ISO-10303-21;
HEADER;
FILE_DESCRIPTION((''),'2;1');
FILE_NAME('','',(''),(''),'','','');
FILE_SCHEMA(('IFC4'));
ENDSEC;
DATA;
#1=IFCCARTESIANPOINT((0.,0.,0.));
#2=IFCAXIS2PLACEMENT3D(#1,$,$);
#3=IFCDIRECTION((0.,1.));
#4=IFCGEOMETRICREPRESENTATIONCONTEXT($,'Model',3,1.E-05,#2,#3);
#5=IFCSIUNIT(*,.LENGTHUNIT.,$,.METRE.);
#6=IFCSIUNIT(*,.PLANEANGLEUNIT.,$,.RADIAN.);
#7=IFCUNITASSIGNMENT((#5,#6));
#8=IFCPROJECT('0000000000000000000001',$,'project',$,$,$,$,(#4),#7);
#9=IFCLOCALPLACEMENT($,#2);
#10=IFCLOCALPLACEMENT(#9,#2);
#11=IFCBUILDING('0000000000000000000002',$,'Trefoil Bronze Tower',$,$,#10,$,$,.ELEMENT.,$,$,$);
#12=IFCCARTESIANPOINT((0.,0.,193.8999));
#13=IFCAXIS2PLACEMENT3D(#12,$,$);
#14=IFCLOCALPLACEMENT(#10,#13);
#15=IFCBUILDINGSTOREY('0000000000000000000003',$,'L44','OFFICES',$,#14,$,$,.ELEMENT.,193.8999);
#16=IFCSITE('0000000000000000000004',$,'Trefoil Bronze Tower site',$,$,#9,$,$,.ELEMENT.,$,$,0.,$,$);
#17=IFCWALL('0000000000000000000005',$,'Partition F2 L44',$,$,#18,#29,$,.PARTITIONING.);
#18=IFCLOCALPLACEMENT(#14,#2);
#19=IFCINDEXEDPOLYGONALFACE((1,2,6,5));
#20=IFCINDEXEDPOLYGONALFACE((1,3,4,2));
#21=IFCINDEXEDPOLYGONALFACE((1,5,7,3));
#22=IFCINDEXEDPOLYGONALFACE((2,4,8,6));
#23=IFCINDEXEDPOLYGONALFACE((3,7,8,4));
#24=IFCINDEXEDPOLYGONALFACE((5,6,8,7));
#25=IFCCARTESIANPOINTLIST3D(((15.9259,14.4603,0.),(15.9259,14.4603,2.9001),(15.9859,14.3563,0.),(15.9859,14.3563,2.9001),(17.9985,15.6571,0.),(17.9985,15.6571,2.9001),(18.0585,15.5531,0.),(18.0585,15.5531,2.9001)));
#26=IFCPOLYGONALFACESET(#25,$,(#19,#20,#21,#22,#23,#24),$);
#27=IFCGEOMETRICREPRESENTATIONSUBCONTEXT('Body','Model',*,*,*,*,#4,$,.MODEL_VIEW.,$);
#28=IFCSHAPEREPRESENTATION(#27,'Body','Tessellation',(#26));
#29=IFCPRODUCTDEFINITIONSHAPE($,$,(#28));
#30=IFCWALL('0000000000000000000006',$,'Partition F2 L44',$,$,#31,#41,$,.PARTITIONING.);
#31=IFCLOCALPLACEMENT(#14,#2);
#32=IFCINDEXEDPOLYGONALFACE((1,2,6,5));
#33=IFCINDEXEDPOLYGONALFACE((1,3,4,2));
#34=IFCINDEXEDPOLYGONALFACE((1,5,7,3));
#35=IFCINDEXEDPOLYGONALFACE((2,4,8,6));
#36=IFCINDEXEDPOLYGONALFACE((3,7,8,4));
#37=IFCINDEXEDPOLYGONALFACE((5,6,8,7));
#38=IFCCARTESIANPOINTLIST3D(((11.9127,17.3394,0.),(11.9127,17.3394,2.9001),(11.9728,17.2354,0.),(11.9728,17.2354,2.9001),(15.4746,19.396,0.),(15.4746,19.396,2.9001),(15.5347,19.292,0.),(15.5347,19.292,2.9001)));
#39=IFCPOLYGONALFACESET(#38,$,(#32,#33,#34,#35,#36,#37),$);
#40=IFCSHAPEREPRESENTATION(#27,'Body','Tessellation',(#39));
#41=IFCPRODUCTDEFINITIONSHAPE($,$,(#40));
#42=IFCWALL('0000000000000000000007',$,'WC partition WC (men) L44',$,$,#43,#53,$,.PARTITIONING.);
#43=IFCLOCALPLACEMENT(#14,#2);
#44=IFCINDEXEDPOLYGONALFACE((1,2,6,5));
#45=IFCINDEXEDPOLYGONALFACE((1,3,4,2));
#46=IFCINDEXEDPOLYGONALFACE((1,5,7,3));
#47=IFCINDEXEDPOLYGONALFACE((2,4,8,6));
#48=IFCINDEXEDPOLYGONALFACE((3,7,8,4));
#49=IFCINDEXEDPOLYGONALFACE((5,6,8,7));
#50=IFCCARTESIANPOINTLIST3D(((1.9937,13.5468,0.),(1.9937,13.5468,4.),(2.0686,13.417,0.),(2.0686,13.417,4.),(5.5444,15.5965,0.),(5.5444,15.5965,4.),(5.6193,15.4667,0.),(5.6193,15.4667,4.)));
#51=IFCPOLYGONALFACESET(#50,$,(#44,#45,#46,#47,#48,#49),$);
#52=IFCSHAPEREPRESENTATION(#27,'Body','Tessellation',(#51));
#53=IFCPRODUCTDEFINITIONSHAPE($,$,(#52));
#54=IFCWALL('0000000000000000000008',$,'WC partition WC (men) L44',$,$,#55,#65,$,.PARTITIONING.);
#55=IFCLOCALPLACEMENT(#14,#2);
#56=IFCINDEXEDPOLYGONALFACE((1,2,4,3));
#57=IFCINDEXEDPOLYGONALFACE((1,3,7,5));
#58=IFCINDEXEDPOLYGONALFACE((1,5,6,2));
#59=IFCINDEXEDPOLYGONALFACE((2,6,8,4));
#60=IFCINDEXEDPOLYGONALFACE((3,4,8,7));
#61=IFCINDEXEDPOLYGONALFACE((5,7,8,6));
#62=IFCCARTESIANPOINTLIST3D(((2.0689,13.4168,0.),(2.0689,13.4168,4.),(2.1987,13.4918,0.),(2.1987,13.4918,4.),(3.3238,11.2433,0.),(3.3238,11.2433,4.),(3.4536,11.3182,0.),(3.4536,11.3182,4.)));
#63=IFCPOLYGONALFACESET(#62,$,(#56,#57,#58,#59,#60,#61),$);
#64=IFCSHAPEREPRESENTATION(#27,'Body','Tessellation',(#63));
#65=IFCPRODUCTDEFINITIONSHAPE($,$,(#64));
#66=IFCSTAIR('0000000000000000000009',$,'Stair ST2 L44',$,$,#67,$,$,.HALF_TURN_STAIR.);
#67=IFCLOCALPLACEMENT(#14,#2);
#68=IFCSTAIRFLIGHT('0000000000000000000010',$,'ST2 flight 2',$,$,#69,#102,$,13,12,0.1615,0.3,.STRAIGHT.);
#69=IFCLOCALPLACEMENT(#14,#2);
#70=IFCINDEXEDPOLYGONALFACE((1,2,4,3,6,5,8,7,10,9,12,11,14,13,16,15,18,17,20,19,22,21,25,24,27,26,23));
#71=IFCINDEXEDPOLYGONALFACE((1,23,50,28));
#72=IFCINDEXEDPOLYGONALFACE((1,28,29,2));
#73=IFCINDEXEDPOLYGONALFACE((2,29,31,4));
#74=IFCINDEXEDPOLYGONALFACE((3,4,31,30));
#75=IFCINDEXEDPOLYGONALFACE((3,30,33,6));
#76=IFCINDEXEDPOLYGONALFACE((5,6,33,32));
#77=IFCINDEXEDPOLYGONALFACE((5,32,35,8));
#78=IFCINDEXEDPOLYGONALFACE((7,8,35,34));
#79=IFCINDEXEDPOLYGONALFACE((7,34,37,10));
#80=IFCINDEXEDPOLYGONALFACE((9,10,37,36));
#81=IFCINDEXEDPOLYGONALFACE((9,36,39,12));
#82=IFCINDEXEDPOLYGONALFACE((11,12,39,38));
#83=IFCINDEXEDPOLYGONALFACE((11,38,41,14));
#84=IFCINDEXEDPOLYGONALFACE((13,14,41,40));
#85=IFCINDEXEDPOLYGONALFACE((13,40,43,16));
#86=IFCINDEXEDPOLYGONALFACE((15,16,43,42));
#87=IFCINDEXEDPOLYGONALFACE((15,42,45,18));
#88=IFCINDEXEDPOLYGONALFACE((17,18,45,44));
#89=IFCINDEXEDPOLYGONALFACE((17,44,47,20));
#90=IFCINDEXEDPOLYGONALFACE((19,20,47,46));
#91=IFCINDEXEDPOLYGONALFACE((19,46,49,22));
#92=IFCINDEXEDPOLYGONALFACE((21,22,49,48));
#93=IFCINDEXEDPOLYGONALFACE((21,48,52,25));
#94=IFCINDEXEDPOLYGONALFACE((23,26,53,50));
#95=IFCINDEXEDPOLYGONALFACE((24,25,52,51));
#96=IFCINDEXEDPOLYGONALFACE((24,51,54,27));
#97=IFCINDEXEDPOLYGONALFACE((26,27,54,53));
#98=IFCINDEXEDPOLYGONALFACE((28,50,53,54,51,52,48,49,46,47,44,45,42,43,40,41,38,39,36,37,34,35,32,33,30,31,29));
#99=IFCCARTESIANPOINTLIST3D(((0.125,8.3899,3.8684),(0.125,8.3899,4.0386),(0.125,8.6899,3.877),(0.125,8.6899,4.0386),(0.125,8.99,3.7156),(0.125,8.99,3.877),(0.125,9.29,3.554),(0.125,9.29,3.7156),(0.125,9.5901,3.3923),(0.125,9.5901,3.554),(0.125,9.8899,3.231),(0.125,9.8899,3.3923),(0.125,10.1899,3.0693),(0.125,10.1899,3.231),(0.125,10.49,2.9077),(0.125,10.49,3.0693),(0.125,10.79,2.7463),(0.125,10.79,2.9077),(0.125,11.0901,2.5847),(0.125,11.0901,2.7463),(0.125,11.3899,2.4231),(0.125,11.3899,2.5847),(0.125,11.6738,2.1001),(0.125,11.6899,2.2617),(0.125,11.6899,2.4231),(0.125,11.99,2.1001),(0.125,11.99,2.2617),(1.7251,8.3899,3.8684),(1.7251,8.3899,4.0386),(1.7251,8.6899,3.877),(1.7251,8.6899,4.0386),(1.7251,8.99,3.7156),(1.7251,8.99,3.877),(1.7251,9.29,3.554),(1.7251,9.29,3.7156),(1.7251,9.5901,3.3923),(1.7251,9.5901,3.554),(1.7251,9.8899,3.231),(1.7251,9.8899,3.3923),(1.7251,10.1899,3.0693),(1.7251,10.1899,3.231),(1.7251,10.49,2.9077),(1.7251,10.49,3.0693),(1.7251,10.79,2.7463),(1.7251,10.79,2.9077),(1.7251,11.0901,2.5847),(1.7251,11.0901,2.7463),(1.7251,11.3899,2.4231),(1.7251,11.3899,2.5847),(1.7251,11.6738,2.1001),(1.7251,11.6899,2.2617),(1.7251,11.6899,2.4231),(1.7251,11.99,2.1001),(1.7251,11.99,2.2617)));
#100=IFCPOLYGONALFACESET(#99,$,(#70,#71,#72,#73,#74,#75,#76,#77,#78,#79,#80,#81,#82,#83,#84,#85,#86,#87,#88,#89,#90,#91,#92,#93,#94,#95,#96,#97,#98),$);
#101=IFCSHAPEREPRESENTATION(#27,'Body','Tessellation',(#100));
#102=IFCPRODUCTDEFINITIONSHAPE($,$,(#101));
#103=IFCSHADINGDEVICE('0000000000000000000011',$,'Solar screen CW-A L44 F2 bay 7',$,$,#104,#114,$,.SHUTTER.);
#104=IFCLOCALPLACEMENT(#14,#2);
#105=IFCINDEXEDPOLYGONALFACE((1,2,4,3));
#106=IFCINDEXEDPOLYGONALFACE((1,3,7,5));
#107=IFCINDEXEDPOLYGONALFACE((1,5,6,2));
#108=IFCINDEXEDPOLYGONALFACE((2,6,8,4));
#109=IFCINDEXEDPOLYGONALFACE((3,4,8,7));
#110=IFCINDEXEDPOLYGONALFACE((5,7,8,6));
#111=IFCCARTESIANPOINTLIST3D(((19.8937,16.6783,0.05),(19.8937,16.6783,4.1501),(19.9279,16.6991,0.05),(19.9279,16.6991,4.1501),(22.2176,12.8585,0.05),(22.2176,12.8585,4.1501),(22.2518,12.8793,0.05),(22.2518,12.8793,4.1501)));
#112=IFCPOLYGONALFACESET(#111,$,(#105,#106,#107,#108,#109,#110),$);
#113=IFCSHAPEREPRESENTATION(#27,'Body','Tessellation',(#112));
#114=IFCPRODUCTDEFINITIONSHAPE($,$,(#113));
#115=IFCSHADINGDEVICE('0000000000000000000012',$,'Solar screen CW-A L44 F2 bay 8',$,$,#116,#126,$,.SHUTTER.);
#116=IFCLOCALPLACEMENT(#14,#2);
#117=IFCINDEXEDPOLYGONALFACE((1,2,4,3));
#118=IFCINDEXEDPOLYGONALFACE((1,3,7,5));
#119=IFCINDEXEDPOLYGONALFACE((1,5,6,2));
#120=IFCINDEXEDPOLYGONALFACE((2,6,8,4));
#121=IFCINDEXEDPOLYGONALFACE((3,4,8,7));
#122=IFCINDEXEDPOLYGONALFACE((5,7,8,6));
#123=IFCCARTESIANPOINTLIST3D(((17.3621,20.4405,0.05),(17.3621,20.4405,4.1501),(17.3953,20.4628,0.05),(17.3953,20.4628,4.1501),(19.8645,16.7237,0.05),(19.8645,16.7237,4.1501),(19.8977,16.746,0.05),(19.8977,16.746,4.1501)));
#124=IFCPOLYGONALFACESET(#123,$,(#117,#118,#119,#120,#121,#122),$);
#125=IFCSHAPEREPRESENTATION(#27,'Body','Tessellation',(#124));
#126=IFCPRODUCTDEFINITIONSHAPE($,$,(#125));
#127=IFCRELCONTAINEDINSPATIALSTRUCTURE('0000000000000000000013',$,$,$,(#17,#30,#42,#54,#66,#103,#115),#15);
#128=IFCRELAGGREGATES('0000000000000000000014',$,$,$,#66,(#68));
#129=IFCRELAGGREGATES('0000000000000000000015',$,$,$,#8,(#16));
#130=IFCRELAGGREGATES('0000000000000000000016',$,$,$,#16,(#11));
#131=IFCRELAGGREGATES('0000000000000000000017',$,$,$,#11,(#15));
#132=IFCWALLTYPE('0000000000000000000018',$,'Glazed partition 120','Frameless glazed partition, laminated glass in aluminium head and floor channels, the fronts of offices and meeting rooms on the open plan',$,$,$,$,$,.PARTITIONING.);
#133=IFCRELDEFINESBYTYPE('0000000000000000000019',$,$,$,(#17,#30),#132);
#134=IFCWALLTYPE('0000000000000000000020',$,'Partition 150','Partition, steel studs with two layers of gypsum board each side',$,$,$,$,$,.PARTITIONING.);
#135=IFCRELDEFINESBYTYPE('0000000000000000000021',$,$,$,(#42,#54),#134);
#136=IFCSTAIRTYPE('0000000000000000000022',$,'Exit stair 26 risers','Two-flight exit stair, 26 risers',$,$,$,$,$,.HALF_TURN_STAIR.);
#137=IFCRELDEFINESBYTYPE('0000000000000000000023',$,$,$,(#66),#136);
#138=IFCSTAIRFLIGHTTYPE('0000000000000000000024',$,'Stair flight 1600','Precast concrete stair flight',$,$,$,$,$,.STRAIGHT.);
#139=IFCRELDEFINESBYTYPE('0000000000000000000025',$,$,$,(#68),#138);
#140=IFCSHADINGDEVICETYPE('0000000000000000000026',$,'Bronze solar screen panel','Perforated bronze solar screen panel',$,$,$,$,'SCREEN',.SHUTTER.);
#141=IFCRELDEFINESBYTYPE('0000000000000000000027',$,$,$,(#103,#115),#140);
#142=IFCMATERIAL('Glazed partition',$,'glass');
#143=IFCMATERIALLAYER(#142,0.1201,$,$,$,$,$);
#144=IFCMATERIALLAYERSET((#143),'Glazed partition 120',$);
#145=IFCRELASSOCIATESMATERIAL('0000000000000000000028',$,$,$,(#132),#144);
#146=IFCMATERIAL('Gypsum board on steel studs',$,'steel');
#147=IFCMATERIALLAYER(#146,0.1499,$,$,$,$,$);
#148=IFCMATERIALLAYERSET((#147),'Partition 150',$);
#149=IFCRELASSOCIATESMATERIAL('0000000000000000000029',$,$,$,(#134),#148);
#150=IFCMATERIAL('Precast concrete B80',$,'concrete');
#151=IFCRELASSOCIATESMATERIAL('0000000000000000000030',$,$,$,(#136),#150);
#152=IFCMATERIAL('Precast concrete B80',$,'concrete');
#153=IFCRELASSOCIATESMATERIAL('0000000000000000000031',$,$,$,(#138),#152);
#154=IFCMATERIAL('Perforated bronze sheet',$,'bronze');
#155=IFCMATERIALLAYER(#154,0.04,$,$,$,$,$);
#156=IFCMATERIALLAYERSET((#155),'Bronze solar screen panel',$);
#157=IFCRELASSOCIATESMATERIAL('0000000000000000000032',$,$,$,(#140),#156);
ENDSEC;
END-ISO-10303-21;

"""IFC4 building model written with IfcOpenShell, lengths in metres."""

from ifc_helpers import new_model, si_unit, direction, frame, frame_2d, origin, origin_2d, place, context, subcontext, project, spatial, polyline, rectangle, outline, extrude, material, layer, layer_set, type_object, element, aggregate, save


model = new_model("IFC4")

# Units and contexts
model_context = context("Model", 3, precision=1e-05, world=origin(), true_north=direction((0.0, 1.0)))
body_context = subcontext(model_context, "Body", "Model", "MODEL_VIEW")
ifc_project = project(units=[si_unit("LENGTHUNIT", "METRE"), si_unit("PLANEANGLEUNIT", "RADIAN")], contexts=[model_context])

# Site, building, storey
site_placement = place(None, origin())
site = spatial("IfcSite", under=ifc_project, at=site_placement, Name="Trefoil Bronze Tower site", CompositionType="ELEMENT", RefElevation=0.0)
building_placement = place(site_placement, origin())
building = spatial("IfcBuilding", under=site, at=building_placement, Name="Trefoil Bronze Tower", CompositionType="ELEMENT")
storey_placement = place(building_placement, frame((0.0, 0.0, 193.8999)))
storey = spatial("IfcBuildingStorey", under=building, at=storey_placement, Name="L44", Description="OFFICES", CompositionType="ELEMENT", Elevation=193.8999)

# Shared definitions
ifc_material_1 = material(Name="Glazed partition", Category="glass")
ifc_layer_1 = layer(ifc_material_1, 0.1201)
ifc_layer_set_1 = layer_set([ifc_layer_1], Name="Glazed partition 120")
wall_type_1 = type_object("IfcWallType", Name="Glazed partition 120", Description="Frameless glazed partition, laminated glass in aluminium head and floor channels, the fronts of offices and meeting rooms on the open plan", PredefinedType="PARTITIONING", material=ifc_layer_set_1)

# Walls
wall_1_placement = place(storey_placement, frame((15.9558, 14.4082, 0.0), z_axis=(0.0, 0.0, 1.0), x_axis=(0.865987, 0.500067, 0.0)))
element("IfcWall", 1, at=wall_1_placement, inside=storey, type_object=wall_type_1, Name="Partition F2 L44", PredefinedType="PARTITIONING", context=body_context, shape_type="SweptSolid", body=[
    extrude(rectangle(XDim=2.3933, YDim=0.1201, at=frame_2d((1.1968, 0.0))), origin(), (0.0, 0.0, 1.0), 2.9001),
])
wall_2_placement = place(storey_placement, frame((11.9426, 17.2874, 0.0), z_axis=(0.0, 0.0, 1.0), x_axis=(0.866014, 0.50002, 0.0)))
element("IfcWall", 2, at=wall_2_placement, inside=storey, type_object=wall_type_1, Name="Partition F2 L44", PredefinedType="PARTITIONING", context=body_context, shape_type="SweptSolid", body=[
    extrude(rectangle(XDim=4.113, YDim=0.1201, at=frame_2d((2.0566, 0.0))), origin(), (0.0, 0.0, 1.0), 2.9001),
])
ifc_material_2 = material(Name="Gypsum board on steel studs", Category="steel")
ifc_layer_2 = layer(ifc_material_2, 0.1499)
ifc_layer_set_2 = layer_set([ifc_layer_2], Name="Partition 150")
wall_type_2 = type_object("IfcWallType", Name="Partition 150", Description="Partition, steel studs with two layers of gypsum board each side", PredefinedType="PARTITIONING", material=ifc_layer_set_2)
wall_3_placement = place(storey_placement, frame((2.0312, 13.4819, 0.0), z_axis=(0.0, 0.0, 1.0), x_axis=(0.866051, 0.499956, 0.0)))
element("IfcWall", 3, at=wall_3_placement, inside=storey, type_object=wall_type_2, Name="WC partition WC (men) L44", PredefinedType="PARTITIONING", context=body_context, shape_type="SweptSolid", body=[
    extrude(rectangle(XDim=4.0999, YDim=0.1499, at=frame_2d((2.0498, 0.0))), origin(), (0.0, 0.0, 1.0), 4.0),
])
wall_4_placement = place(storey_placement, frame((3.3887, 11.2808, 0.0), z_axis=(0.0, 0.0, 1.0), x_axis=(-0.499989, 0.866032, 0.0)))
element("IfcWall", 4, at=wall_4_placement, inside=storey, type_object=wall_type_2, Name="WC partition WC (men) L44", PredefinedType="PARTITIONING", context=body_context, shape_type="SweptSolid", body=[
    extrude(rectangle(XDim=2.5098, YDim=0.1499, at=frame_2d((1.2549, 0.0))), origin(), (0.0, 0.0, 1.0), 4.0),
])

# Stair, stair flight
ifc_material_3 = material(Name="Precast concrete B80", Category="concrete")
stair_type = type_object("IfcStairType", Name="Exit stair 26 risers", Description="Two-flight exit stair, 26 risers", PredefinedType="HALF_TURN_STAIR", material=ifc_material_3)
stair_placement = place(storey_placement, origin())
stair = element("IfcStair", 5, at=stair_placement, inside=storey, type_object=stair_type, Name="Stair ST2 L44", PredefinedType="HALF_TURN_STAIR")
ifc_material_4 = material(Name="Precast concrete B80", Category="concrete")
stair_flight_type = type_object("IfcStairFlightType", Name="Stair flight 1600", Description="Precast concrete stair flight", PredefinedType="STRAIGHT", material=ifc_material_4)
stair_flight_placement = place(storey_placement, frame((0.925, 11.99, 2.1001), z_axis=(0.0, 0.0, 1.0), x_axis=(0.0, -1.0, 0.0)))
stair_flight = element("IfcStairFlight", 6, at=stair_flight_placement, type_object=stair_flight_type, Name="ST2 flight 2", NumberOfRisers=13, NumberOfTreads=12, PredefinedType="STRAIGHT", RiserHeight=0.1615, TreadLength=0.3, context=body_context, shape_type="SweptSolid", body=[
    extrude(outline(polyline([(0.0, 0.0), (0.0, 0.1616), (0.3, 0.1616), (0.3, 0.323), (0.6001, 0.323), (0.6001, 0.4846), (0.8999, 0.4846), (0.8999, 0.6462), (1.2, 0.6462), (1.2, 0.8076), (1.5, 0.8076), (1.5, 0.9692), (1.8, 0.9692), (1.8, 1.1309), (2.1001, 1.1309), (2.1001, 1.2922), (2.3999, 1.2922), (2.3999, 1.4539), (2.7, 1.4539), (2.7, 1.6155), (3.0, 1.6155), (3.0, 1.7769), (3.3, 1.7769), (3.3, 1.9385), (3.6001, 1.9385), (3.6001, 2.1001), (3.6001, 1.7683), (0.3162, 0.0), (0.0, 0.0)])), frame((0.0, 0.8, 0.0), z_axis=(0.0, -1.0, 0.0), x_axis=(1.0, 0.0, 0.0)), (0.0, 0.0, 1.0), 1.6001),
])
aggregate(stair, [stair_flight])

# Shading devices
ifc_material_5 = material(Name="Perforated bronze sheet", Category="bronze")
ifc_layer_3 = layer(ifc_material_5, 0.04)
ifc_layer_set_3 = layer_set([ifc_layer_3], Name="Bronze solar screen panel")
shading_device_type = type_object("IfcShadingDeviceType", Name="Bronze solar screen panel", Description="Perforated bronze solar screen panel", ElementType="SCREEN", PredefinedType="SHUTTER", material=ifc_layer_set_3)
shading_device_1_placement = place(storey_placement, frame((21.0728, 14.7788, 0.05), z_axis=(0.0, 0.0, 1.0), x_axis=(-0.519762, 0.854311, 0.0)))
element("IfcShadingDevice", 7, at=shading_device_1_placement, inside=storey, type_object=shading_device_type, Name="Solar screen CW-A L44 F2 bay 7", PredefinedType="SHUTTER", context=body_context, shape_type="SweptSolid", body=[
    extrude(rectangle(XDim=4.4712, YDim=0.04, at=origin_2d()), origin(), (0.0, 0.0, 1.0), 4.1001),
])
shading_device_2_placement = place(storey_placement, frame((18.6299, 18.5933, 0.05), z_axis=(0.0, 0.0, 1.0), x_axis=(-0.558493, 0.829509, 0.0)))
element("IfcShadingDevice", 8, at=shading_device_2_placement, inside=storey, type_object=shading_device_type, Name="Solar screen CW-A L44 F2 bay 8", PredefinedType="SHUTTER", context=body_context, shape_type="SweptSolid", body=[
    extrude(rectangle(XDim=4.4807, YDim=0.04, at=origin_2d()), origin(), (0.0, 0.0, 1.0), 4.1001),
])

save(model, "model.ifc")
